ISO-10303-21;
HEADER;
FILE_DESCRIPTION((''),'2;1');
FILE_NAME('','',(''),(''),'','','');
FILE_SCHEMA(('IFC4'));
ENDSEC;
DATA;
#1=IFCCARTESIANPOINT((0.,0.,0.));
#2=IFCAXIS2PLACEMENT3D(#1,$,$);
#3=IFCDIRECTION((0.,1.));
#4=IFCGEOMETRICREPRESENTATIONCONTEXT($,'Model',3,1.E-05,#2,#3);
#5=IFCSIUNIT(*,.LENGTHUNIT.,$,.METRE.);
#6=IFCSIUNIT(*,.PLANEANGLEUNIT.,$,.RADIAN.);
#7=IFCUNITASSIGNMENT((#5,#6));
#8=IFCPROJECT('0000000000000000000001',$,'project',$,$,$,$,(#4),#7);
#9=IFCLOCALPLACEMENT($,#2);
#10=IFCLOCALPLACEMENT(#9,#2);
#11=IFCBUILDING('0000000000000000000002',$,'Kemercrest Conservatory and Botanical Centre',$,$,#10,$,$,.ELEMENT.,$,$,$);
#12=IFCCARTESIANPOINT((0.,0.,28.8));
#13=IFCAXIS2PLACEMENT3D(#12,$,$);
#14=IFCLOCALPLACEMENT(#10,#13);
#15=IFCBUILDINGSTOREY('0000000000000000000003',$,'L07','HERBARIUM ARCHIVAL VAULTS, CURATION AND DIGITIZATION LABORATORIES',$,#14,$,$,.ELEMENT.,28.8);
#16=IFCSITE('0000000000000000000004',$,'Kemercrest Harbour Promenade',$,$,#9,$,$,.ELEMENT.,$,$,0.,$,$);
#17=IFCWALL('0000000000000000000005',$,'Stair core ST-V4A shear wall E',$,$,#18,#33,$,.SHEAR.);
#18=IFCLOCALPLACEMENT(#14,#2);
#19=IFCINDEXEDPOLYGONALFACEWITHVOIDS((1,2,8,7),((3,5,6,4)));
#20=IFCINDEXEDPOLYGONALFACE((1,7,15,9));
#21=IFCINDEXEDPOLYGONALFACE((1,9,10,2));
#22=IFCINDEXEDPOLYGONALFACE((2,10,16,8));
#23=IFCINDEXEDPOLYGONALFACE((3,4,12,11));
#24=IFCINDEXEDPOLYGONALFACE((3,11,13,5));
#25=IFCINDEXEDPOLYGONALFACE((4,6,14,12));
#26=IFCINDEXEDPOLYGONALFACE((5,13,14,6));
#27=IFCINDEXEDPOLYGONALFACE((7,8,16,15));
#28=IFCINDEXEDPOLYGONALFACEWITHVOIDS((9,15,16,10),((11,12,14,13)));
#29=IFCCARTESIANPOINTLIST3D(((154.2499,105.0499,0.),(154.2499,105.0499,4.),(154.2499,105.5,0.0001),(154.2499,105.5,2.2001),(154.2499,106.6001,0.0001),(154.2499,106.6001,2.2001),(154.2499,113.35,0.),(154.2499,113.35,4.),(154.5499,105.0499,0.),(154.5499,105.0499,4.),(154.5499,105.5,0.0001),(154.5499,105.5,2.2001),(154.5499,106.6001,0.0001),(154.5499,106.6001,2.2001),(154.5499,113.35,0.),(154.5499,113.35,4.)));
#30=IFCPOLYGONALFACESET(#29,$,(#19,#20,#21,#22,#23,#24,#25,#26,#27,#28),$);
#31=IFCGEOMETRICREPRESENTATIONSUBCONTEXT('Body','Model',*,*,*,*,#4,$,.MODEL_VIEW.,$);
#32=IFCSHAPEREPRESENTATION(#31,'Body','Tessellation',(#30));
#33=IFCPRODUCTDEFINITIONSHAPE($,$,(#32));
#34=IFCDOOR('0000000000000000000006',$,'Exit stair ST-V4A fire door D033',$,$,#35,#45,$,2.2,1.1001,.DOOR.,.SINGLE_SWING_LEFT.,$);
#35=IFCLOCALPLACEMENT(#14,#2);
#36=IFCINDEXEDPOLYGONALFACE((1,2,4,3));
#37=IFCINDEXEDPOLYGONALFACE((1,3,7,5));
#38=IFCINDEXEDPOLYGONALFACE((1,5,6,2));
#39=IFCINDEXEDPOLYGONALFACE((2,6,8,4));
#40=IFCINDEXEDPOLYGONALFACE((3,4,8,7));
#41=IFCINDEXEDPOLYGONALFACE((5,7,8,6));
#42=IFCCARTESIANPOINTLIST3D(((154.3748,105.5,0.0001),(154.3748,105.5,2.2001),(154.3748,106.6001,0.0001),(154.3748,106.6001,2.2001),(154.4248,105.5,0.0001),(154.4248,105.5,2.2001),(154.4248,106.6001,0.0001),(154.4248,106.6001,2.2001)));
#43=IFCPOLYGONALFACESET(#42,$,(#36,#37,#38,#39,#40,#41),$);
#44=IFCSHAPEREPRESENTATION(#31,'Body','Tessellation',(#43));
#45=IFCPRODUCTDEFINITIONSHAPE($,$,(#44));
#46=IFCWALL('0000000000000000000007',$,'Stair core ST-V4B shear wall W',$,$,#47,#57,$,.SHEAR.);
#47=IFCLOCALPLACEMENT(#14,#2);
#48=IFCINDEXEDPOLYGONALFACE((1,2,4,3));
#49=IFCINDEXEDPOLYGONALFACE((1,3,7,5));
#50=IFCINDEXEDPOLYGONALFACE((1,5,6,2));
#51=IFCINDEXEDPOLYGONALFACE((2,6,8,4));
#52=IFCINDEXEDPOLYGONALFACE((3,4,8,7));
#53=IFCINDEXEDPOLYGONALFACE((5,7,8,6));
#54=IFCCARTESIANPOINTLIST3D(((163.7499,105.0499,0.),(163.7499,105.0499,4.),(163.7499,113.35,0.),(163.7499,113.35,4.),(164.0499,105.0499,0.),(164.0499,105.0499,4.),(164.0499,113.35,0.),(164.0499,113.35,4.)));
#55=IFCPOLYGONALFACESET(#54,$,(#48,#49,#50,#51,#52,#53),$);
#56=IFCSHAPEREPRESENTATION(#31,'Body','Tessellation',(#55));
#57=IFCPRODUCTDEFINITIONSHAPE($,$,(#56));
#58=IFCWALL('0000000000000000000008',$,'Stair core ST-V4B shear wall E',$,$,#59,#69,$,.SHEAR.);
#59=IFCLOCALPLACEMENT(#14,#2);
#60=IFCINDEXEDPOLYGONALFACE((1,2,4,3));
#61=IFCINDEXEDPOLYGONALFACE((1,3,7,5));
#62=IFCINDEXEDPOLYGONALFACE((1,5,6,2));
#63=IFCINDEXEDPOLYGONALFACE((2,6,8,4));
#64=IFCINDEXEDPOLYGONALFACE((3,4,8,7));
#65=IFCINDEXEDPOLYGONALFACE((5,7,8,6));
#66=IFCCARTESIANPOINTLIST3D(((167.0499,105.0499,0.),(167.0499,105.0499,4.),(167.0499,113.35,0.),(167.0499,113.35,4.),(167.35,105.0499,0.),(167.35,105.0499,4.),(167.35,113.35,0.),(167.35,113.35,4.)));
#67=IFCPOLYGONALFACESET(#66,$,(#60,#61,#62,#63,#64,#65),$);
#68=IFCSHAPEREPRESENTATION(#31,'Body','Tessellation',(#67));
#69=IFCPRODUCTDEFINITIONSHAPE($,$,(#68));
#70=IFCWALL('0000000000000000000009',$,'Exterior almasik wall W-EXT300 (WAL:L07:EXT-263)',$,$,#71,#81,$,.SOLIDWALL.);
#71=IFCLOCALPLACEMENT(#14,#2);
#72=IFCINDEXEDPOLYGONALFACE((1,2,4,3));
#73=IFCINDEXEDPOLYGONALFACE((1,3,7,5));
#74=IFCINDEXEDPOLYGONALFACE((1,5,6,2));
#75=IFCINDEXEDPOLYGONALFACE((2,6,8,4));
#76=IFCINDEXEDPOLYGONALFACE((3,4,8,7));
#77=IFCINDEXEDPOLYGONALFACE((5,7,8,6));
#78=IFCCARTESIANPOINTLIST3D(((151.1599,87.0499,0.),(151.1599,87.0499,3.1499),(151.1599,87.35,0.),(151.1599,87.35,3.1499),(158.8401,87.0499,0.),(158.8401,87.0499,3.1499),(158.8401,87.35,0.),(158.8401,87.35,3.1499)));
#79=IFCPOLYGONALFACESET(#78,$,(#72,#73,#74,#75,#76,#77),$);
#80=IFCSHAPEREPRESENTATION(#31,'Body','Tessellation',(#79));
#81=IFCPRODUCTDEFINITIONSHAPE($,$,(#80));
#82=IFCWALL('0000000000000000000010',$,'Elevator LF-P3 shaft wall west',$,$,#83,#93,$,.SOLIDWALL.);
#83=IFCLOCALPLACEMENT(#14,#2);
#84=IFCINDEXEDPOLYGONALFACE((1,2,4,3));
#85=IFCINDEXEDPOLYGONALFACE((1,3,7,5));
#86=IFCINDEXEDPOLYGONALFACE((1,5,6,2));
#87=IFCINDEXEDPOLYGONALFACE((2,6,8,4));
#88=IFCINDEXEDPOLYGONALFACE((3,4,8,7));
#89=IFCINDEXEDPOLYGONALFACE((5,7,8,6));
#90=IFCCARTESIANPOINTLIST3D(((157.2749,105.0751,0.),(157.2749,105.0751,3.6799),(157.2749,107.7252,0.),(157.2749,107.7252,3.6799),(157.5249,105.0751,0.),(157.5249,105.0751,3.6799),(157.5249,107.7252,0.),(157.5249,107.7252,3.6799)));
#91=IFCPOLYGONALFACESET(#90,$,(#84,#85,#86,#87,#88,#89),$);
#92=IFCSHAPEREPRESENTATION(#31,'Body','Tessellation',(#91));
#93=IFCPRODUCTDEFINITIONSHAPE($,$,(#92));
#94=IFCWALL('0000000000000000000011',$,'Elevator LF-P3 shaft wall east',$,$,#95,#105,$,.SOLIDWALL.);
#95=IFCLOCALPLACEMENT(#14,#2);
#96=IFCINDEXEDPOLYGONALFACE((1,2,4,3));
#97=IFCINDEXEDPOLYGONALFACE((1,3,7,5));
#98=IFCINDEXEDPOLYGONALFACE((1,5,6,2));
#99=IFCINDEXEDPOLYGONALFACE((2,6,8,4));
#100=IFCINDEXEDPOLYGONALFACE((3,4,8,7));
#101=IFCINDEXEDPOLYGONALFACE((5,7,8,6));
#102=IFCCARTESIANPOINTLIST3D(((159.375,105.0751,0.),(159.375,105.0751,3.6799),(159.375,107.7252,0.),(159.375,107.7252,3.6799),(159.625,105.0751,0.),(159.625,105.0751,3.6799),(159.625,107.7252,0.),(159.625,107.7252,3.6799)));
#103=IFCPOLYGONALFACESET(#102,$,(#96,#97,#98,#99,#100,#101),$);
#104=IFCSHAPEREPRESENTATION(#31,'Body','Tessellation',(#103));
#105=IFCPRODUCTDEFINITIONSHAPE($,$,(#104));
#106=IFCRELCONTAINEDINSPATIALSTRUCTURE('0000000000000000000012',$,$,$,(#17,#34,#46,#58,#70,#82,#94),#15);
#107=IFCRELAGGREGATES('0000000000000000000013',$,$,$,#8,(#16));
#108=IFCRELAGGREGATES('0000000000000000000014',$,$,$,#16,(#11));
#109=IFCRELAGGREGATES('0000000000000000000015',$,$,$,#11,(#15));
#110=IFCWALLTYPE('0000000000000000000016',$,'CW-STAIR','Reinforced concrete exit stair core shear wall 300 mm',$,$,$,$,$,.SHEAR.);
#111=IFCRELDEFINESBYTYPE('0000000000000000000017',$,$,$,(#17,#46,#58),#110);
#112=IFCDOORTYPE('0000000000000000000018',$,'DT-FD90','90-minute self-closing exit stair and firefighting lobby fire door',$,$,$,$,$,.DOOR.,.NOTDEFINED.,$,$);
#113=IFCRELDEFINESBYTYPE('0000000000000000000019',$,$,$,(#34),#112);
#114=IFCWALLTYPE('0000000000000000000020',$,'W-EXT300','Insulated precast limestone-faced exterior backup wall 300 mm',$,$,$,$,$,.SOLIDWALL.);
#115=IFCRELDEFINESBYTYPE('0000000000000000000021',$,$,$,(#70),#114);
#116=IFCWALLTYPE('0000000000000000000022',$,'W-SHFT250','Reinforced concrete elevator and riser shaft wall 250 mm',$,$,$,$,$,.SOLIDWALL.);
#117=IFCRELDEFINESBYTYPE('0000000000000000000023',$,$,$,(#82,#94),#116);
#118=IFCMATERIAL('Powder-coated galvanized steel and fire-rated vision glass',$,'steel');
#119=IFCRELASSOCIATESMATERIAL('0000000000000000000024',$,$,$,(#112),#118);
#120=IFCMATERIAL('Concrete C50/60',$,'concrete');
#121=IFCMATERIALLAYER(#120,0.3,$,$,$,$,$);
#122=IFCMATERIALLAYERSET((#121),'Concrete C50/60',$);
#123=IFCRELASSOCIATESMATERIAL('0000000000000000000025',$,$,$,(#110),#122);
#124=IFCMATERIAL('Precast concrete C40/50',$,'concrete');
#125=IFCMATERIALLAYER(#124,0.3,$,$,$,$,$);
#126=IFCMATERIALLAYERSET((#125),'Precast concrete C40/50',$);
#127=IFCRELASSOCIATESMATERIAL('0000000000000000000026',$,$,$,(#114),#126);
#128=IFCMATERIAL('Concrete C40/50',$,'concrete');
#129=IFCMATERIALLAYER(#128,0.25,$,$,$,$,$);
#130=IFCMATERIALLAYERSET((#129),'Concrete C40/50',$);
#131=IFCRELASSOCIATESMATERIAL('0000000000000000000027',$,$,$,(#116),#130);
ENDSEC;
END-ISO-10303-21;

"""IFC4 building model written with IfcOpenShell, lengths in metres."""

from ifc_helpers import new_model, si_unit, direction, frame, frame_2d, origin, place, context, subcontext, project, spatial, rectangle, extrude, material, layer, layer_set, type_object, element, fill, save


model = new_model("IFC4")

# Units and contexts
model_context = context("Model", 3, precision=1e-05, world=origin(), true_north=direction((0.0, 1.0)))
body_context = subcontext(model_context, "Body", "Model", "MODEL_VIEW")
ifc_project = project(units=[si_unit("LENGTHUNIT", "METRE"), si_unit("PLANEANGLEUNIT", "RADIAN")], contexts=[model_context])

# Site, building, storey
site_placement = place(None, origin())
site = spatial("IfcSite", under=ifc_project, at=site_placement, Name="Kemercrest Harbour Promenade", CompositionType="ELEMENT", RefElevation=0.0)
building_placement = place(site_placement, origin())
building = spatial("IfcBuilding", under=site, at=building_placement, Name="Kemercrest Conservatory and Botanical Centre", CompositionType="ELEMENT")
storey_placement = place(building_placement, frame((0.0, 0.0, 28.8)))
storey = spatial("IfcBuildingStorey", under=building, at=storey_placement, Name="L07", Description="HERBARIUM ARCHIVAL VAULTS, CURATION AND DIGITIZATION LABORATORIES", CompositionType="ELEMENT", Elevation=28.8)

# Shared definitions
ifc_material_1 = material(Name="Concrete C50/60", Category="concrete")

# Shared definitions
ifc_material_2 = material(Name="Concrete C40/50", Category="concrete")

# Shared definitions
ifc_material_3 = material(Name="Powder-coated galvanized steel and fire-rated vision glass", Category="steel")
door_type = type_object("IfcDoorType", Name="DT-FD90", Description="90-minute self-closing exit stair and firefighting lobby fire door", OperationType="NOTDEFINED", PredefinedType="DOOR", material=ifc_material_3)

# Shared definitions
ifc_layer_1 = layer(ifc_material_1, 0.3)
ifc_layer_set_1 = layer_set([ifc_layer_1], Name="Concrete C50/60")
wall_type_1 = type_object("IfcWallType", Name="CW-STAIR", Description="Reinforced concrete exit stair core shear wall 300 mm", PredefinedType="SHEAR", material=ifc_layer_set_1)

# Wall, opening, door
wall_1_placement = place(storey_placement, frame((154.3999, 105.05, 0.0), z_axis=(0.0, 0.0, 1.0), x_axis=(0.0, 1.0, 0.0)))
wall_1 = element("IfcWall", 1, at=wall_1_placement, inside=storey, type_object=wall_type_1, Name="Stair core ST-V4A shear wall E", PredefinedType="SHEAR", context=body_context, shape_type="SweptSolid", body=[
    extrude(rectangle(XDim=8.3, YDim=0.3, at=frame_2d((4.1499, 0.0))), origin(), (0.0, 0.0, 1.0), 4.0),
])
opening_1_placement = place(wall_1_placement, frame((0.45, 0.0, 0.0)))
opening_1 = element("IfcOpeningElement", 2, at=opening_1_placement, cuts=wall_1, PredefinedType="OPENING", context=body_context, shape_type="SweptSolid", body=[
    extrude(rectangle(XDim=1.1001, YDim=2.2, at=frame_2d((0.55, 1.1001))), frame((0.0, 0.1602, 0.0), z_axis=(0.0, -1.0, 0.0), x_axis=(1.0, 0.0, 0.0)), (0.0, 0.0, 1.0), 0.3201),
])
door_1_placement = place(opening_1_placement, frame((1.1001, 0.0, 0.0), z_axis=(0.0, 0.0, 1.0), x_axis=(-1.0, 0.0, 0.0)))
door_1 = element("IfcDoor", 3, at=door_1_placement, inside=storey, type_object=door_type, Name="Exit stair ST-V4A fire door D033", OperationType="SINGLE_SWING_LEFT", OverallHeight=2.2, OverallWidth=1.1001, PredefinedType="DOOR", context=body_context, shape_type="SweptSolid", body=[
    extrude(rectangle(XDim=1.1001, YDim=2.2, at=frame_2d((0.55, 1.1001))), frame((0.0, 0.0249, 0.0), z_axis=(0.0, -1.0, 0.0), x_axis=(1.0, 0.0, 0.0)), (0.0, 0.0, 1.0), 0.05),
])
fill(opening_1, door_1)

# Walls
for number, where, z_axis, x_axis, name in (
    (4, (163.8999, 105.05, 0.0), (0.0, 0.0, 1.0), (0.0, 1.0, 0.0), "Stair core ST-V4B shear wall W"),
    (5, (167.2, 105.05, 0.0), (0.0, 0.0, 1.0), (0.0, 1.0, 0.0), "Stair core ST-V4B shear wall E"),
):
    element("IfcWall", number, at=place(storey_placement, frame(where, z_axis=z_axis, x_axis=x_axis)), inside=storey, type_object=wall_type_1, Name=name, PredefinedType="SHEAR", context=body_context, shape_type="SweptSolid", body=[
        extrude(rectangle(XDim=8.3, YDim=0.3, at=frame_2d((4.1499, 0.0))), origin(), (0.0, 0.0, 1.0), 4.0),
    ])
ifc_material_4 = material(Name="Precast concrete C40/50", Category="concrete")
ifc_layer_2 = layer(ifc_material_4, 0.3)
ifc_layer_set_2 = layer_set([ifc_layer_2], Name="Precast concrete C40/50")
wall_type_2 = type_object("IfcWallType", Name="W-EXT300", Description="Insulated precast limestone-faced exterior backup wall 300 mm", PredefinedType="SOLIDWALL", material=ifc_layer_set_2)
wall_2_placement = place(storey_placement, frame((151.1599, 87.2, 0.0), z_axis=(0.0, 0.0, 1.0), x_axis=(1.0, 0.0, 0.0)))
element("IfcWall", 6, at=wall_2_placement, inside=storey, type_object=wall_type_2, Name="Exterior almasik wall W-EXT300 (WAL:L07:EXT-263)", PredefinedType="SOLIDWALL", context=body_context, shape_type="SweptSolid", body=[
    extrude(rectangle(XDim=7.6802, YDim=0.3, at=frame_2d((3.8401, 0.0))), origin(), (0.0, 0.0, 1.0), 3.1499),
])
ifc_layer_3 = layer(ifc_material_2, 0.25)
ifc_layer_set_3 = layer_set([ifc_layer_3], Name="Concrete C40/50")
wall_type_3 = type_object("IfcWallType", Name="W-SHFT250", Description="Reinforced concrete elevator and riser shaft wall 250 mm", PredefinedType="SOLIDWALL", material=ifc_layer_set_3)
for number, where, z_axis, x_axis, name in (
    (7, (157.3999, 105.075, 0.0), (0.0, 0.0, 1.0), (0.0, 1.0, 0.0), "Elevator LF-P3 shaft wall west"),
    (8, (159.5, 105.075, 0.0), (0.0, 0.0, 1.0), (0.0, 1.0, 0.0), "Elevator LF-P3 shaft wall east"),
):
    element("IfcWall", number, at=place(storey_placement, frame(where, z_axis=z_axis, x_axis=x_axis)), inside=storey, type_object=wall_type_3, Name=name, PredefinedType="SOLIDWALL", context=body_context, shape_type="SweptSolid", body=[
        extrude(rectangle(XDim=2.6501, YDim=0.25, at=frame_2d((1.3252, 0.0))), origin(), (0.0, 0.0, 1.0), 3.6799),
    ])

save(model, "model.ifc")
